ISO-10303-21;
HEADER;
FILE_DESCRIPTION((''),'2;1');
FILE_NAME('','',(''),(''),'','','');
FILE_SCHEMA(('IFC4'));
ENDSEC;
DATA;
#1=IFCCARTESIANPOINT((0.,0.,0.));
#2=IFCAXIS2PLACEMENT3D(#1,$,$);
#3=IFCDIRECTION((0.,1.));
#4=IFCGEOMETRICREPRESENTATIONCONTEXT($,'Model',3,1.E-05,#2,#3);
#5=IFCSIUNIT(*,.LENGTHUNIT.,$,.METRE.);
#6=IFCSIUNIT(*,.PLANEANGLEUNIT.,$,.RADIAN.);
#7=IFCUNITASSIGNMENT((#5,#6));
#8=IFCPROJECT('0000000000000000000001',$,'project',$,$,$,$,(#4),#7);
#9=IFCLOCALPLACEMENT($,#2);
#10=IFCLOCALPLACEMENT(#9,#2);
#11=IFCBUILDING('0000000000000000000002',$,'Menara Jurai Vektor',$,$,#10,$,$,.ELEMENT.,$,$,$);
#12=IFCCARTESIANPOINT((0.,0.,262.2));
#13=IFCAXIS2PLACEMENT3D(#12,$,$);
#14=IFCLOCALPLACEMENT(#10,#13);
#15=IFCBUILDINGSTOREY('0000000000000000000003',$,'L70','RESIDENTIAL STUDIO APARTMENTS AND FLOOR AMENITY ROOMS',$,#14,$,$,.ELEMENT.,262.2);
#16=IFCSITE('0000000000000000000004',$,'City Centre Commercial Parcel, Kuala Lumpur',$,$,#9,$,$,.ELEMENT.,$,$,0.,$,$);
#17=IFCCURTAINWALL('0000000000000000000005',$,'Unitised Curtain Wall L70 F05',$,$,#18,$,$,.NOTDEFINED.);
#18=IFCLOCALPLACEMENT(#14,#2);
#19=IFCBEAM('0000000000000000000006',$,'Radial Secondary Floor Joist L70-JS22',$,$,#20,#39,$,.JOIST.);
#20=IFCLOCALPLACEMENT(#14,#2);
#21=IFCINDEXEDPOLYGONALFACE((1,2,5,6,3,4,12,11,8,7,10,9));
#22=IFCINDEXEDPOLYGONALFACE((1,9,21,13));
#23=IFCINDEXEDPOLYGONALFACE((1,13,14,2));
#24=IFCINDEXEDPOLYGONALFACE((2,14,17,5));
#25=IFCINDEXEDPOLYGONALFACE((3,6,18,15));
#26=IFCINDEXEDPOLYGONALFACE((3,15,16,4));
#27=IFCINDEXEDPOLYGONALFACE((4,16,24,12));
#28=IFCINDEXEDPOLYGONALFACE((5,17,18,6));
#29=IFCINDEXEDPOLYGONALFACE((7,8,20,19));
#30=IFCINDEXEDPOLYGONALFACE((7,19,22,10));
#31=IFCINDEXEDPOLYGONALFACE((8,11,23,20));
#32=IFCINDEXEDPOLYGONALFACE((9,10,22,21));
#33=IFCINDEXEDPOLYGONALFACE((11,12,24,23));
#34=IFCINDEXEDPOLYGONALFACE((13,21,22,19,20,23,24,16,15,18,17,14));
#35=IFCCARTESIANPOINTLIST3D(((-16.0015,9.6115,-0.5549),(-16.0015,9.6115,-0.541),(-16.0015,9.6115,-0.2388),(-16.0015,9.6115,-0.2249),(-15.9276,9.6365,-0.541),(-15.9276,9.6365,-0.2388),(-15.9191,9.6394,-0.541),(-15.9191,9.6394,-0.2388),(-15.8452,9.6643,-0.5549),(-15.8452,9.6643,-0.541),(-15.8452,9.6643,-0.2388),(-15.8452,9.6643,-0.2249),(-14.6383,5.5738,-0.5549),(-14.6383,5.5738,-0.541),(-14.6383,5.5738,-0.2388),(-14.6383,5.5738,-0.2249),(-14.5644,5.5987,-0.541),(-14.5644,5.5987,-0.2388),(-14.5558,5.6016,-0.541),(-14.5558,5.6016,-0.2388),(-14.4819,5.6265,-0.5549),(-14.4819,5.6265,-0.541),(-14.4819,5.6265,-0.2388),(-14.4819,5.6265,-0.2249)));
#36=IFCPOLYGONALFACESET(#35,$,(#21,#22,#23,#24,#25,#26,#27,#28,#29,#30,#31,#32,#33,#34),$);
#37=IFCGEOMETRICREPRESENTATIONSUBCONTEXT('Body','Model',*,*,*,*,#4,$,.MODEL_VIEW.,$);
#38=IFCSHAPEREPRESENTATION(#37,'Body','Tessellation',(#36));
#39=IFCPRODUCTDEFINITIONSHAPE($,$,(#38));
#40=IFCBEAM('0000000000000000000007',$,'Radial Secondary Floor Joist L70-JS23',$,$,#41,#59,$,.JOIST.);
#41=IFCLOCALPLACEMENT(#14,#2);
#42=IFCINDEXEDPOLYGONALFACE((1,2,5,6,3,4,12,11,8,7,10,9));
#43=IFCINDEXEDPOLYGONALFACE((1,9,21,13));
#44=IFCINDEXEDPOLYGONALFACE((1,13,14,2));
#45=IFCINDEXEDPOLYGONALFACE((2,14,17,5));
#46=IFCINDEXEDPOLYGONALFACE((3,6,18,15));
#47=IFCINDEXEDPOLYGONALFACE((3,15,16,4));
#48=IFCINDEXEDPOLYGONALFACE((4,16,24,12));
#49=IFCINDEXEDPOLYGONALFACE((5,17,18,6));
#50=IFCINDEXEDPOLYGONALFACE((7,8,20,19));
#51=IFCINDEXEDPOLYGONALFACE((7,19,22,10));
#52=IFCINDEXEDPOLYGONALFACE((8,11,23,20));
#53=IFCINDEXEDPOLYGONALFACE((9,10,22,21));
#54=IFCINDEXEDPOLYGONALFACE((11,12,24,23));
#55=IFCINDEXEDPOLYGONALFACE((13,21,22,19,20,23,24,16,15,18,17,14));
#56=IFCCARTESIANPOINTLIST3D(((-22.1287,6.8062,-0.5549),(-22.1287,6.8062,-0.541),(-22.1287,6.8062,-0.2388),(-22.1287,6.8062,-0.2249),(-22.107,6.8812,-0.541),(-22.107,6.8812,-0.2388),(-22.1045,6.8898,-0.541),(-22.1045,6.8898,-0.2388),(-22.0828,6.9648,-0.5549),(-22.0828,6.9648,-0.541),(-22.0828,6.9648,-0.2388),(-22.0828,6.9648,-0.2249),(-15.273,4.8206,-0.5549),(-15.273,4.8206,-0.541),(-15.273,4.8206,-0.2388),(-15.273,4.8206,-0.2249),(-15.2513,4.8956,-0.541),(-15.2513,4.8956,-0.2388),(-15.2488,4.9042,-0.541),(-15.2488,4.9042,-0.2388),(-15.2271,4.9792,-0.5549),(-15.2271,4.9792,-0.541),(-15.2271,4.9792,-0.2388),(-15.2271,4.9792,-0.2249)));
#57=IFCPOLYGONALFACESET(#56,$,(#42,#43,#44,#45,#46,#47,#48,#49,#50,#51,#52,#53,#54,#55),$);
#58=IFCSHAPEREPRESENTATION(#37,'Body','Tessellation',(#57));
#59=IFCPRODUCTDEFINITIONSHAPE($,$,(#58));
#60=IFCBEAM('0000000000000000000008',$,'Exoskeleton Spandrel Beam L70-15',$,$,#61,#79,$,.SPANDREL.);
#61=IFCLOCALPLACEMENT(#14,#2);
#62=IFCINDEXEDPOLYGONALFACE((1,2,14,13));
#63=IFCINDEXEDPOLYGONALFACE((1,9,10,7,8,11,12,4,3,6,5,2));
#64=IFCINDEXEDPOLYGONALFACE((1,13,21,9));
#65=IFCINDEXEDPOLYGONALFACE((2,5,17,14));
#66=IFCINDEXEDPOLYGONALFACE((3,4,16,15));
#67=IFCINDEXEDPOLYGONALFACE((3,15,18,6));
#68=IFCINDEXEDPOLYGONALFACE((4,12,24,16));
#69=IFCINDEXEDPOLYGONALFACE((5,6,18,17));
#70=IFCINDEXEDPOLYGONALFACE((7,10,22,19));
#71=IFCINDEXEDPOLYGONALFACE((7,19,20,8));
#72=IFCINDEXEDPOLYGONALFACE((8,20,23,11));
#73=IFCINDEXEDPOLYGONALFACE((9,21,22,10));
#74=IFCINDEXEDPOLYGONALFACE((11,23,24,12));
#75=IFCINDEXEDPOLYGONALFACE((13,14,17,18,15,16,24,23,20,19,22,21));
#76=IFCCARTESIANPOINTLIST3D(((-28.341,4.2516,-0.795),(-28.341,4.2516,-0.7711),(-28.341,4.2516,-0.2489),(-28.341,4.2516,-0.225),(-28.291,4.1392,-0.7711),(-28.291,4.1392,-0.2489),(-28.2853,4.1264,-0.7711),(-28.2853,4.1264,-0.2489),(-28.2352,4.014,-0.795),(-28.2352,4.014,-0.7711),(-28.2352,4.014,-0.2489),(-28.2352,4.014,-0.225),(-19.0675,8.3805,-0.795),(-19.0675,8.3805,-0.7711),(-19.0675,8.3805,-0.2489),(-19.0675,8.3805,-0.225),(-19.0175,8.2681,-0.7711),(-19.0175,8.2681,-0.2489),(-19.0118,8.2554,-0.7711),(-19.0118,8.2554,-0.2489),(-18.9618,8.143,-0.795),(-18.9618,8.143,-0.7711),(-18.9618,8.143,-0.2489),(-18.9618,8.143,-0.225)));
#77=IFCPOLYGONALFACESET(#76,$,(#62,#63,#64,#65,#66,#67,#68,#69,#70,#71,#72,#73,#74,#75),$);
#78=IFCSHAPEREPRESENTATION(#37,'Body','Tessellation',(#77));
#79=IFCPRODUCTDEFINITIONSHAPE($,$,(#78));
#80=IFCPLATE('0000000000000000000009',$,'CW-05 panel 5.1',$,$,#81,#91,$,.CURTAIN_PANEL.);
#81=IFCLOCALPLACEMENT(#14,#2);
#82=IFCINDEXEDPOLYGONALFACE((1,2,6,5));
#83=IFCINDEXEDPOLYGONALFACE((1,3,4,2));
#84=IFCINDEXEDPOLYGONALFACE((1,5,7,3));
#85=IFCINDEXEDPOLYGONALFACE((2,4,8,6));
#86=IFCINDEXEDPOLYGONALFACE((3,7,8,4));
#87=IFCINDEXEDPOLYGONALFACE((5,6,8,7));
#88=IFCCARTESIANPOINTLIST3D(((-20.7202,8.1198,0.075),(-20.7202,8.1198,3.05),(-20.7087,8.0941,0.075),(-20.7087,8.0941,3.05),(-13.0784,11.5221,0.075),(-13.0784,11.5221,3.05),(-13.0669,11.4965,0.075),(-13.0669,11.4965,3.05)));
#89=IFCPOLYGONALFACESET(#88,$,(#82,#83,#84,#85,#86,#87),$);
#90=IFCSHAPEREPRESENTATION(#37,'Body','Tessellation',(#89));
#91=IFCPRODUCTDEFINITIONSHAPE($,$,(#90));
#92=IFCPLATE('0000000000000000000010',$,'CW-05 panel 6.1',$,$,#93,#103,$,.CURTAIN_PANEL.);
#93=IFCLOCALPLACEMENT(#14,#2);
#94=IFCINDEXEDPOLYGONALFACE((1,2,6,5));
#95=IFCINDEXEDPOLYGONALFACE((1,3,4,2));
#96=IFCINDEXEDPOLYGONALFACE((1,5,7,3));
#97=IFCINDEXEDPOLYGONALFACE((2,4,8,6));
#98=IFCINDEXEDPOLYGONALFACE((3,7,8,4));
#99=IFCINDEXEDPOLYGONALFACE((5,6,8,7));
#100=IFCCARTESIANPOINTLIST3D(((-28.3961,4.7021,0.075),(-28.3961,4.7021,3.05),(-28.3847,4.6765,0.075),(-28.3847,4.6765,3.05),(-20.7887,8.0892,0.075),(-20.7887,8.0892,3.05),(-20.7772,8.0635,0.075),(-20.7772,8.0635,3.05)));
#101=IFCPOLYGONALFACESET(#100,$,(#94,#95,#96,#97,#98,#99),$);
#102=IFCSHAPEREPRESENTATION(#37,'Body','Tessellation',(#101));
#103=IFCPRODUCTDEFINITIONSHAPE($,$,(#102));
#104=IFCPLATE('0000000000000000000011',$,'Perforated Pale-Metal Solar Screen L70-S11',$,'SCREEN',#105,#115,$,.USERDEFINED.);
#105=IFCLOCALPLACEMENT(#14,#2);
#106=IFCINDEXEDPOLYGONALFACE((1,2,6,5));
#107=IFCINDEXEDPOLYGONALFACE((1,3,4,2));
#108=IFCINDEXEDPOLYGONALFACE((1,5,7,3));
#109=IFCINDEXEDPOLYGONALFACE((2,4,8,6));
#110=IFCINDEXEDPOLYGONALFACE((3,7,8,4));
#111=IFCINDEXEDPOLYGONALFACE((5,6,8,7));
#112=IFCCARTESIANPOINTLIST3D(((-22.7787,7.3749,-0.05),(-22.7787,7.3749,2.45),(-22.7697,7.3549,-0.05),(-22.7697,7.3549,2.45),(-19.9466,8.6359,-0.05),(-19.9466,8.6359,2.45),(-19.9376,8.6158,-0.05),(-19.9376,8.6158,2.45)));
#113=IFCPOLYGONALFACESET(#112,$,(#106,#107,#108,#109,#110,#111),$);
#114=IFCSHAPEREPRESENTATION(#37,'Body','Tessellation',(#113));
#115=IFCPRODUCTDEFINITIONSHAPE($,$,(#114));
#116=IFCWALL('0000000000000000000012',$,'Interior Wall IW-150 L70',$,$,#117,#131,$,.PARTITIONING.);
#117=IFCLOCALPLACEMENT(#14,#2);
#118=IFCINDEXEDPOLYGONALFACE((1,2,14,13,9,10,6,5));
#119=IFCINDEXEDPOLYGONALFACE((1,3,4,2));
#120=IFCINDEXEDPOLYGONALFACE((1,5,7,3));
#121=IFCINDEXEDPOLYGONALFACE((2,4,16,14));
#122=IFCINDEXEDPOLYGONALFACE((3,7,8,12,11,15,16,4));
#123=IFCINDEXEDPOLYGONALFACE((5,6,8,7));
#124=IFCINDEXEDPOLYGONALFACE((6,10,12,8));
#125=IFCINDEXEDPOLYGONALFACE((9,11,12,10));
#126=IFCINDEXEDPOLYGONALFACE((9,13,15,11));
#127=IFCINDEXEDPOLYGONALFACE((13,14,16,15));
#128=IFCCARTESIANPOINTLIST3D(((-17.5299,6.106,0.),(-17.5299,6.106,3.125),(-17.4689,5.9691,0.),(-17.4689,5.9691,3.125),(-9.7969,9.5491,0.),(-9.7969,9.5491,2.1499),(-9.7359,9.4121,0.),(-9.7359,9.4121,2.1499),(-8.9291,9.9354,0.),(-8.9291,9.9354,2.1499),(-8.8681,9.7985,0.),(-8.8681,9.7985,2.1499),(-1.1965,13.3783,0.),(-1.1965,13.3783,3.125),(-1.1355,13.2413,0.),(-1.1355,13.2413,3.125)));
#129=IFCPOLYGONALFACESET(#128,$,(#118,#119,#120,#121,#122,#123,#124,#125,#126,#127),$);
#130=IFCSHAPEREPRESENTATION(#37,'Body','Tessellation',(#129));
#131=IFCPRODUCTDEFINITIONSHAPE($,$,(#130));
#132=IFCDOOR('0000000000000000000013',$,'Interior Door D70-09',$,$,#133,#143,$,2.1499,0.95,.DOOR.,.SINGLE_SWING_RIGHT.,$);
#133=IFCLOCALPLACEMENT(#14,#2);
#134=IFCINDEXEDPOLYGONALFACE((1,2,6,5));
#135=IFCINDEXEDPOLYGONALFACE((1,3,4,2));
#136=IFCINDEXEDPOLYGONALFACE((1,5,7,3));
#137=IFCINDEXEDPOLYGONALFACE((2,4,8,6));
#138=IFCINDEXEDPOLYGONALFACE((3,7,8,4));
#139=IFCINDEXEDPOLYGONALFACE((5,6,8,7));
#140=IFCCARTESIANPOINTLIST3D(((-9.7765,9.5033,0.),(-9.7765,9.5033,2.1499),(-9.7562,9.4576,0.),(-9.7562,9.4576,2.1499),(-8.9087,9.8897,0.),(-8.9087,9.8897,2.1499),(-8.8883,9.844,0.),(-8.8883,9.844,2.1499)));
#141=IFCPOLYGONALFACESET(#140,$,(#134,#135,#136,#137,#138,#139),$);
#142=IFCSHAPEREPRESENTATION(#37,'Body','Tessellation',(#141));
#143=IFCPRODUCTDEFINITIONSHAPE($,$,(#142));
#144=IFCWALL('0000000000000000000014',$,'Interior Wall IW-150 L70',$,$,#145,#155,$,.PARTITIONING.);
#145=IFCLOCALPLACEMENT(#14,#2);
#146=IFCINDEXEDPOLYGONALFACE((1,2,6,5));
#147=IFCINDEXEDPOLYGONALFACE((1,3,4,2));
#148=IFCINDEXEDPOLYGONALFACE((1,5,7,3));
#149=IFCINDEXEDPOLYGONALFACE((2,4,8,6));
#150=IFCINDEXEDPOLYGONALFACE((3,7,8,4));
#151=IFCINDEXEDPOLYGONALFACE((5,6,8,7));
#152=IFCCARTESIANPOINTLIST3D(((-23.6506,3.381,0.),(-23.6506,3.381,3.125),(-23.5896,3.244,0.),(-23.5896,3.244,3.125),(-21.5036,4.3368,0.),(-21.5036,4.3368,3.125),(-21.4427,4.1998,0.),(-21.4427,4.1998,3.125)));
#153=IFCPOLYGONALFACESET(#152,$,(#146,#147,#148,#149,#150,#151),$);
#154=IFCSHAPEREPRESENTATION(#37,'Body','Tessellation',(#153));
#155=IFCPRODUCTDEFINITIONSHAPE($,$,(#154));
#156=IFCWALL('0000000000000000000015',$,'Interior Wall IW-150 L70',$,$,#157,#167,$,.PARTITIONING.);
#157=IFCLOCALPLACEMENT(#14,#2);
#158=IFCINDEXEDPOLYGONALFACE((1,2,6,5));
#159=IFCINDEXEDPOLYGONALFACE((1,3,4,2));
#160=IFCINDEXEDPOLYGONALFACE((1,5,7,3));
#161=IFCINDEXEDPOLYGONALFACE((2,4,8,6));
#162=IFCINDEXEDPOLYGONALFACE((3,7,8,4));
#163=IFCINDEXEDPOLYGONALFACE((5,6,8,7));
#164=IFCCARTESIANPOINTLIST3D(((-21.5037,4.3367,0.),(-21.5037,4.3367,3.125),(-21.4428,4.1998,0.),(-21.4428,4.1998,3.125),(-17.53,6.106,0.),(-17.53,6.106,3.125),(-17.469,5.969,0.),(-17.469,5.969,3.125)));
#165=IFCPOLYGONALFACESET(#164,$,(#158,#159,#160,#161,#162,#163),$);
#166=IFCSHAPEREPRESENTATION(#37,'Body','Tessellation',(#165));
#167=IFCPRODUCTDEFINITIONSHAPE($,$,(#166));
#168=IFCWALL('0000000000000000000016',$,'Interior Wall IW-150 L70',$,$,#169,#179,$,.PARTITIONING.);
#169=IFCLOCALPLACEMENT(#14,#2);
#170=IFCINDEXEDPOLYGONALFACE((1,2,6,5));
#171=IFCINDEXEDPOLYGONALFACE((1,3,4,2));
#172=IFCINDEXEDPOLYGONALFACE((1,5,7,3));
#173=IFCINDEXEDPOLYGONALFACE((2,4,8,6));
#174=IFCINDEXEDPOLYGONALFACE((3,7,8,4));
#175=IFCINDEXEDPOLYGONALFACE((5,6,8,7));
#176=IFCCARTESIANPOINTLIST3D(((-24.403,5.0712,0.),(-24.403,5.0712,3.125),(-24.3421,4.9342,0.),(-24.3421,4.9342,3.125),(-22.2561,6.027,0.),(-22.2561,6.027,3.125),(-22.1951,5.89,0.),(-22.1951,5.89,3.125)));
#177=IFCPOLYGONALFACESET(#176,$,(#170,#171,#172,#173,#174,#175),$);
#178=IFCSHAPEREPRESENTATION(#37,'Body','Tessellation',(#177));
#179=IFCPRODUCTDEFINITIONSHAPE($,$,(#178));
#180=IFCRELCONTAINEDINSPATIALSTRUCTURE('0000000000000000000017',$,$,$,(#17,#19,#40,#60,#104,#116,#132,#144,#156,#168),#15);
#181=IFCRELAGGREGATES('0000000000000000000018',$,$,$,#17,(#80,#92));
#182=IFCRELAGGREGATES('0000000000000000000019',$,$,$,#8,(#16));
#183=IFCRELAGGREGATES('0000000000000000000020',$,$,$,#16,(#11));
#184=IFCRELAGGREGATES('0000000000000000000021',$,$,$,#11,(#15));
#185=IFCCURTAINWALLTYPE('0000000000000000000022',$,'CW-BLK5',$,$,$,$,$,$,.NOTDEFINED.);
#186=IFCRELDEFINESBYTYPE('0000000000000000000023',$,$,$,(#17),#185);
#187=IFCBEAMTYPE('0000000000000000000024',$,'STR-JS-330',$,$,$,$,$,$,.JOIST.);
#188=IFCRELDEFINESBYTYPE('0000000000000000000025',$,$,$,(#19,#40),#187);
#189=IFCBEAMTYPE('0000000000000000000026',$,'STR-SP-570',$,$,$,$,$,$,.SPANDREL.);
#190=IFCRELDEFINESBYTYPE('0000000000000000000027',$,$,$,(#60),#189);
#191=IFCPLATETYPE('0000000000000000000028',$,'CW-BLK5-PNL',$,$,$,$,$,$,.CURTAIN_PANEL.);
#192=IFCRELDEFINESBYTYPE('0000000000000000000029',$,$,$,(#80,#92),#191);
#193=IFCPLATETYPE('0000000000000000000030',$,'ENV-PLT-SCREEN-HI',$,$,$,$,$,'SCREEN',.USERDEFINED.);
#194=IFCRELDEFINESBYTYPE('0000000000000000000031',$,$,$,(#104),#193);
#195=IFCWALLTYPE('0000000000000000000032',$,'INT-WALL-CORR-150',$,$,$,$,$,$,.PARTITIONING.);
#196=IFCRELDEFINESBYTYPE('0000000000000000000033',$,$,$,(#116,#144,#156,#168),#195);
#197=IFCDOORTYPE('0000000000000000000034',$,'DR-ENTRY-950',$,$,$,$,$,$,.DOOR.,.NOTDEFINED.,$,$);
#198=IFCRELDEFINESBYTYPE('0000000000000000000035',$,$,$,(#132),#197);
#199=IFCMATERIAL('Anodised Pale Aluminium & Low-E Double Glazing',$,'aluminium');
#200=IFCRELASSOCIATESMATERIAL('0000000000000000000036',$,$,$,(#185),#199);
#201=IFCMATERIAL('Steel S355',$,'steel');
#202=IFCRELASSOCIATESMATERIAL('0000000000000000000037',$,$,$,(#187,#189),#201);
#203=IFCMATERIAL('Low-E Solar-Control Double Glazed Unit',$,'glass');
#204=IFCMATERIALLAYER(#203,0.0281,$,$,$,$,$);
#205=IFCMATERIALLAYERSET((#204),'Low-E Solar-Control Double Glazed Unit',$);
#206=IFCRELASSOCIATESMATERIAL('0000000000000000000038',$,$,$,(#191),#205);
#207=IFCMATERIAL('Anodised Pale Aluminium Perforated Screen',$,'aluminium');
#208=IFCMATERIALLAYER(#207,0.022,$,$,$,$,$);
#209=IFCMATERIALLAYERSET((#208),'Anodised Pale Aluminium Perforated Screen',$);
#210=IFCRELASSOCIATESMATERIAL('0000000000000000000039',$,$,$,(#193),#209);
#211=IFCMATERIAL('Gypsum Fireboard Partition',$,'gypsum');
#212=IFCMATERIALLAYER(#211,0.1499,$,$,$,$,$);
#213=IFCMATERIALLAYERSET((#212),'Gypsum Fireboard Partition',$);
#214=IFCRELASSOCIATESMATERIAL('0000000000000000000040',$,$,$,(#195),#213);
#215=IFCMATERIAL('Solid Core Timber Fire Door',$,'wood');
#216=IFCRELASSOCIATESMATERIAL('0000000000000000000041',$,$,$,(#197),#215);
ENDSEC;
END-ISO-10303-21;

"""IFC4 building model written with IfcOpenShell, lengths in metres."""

from ifc_helpers import new_model, si_unit, direction, frame, frame_2d, origin, origin_2d, place, context, subcontext, project, spatial, rectangle, i_section, extrude, material, layer, layer_set, material_profile, profile_set, type_object, element, fill, aggregate, save


model = new_model("IFC4")

# Units and contexts
model_context = context("Model", 3, precision=1e-05, world=origin(), true_north=direction((0.0, 1.0)))
body_context = subcontext(model_context, "Body", "Model", "MODEL_VIEW")
ifc_project = project(units=[si_unit("LENGTHUNIT", "METRE"), si_unit("PLANEANGLEUNIT", "RADIAN")], contexts=[model_context])

# Site, building, storey
site_placement = place(None, origin())
site = spatial("IfcSite", under=ifc_project, at=site_placement, Name="City Centre Commercial Parcel, Kuala Lumpur", CompositionType="ELEMENT", RefElevation=0.0)
building_placement = place(site_placement, origin())
building = spatial("IfcBuilding", under=site, at=building_placement, Name="Menara Jurai Vektor", CompositionType="ELEMENT")
storey_placement = place(building_placement, frame((0.0, 0.0, 262.2)))
storey = spatial("IfcBuildingStorey", under=building, at=storey_placement, Name="L70", Description="RESIDENTIAL STUDIO APARTMENTS AND FLOOR AMENITY ROOMS", CompositionType="ELEMENT", Elevation=262.2)

# Curtain wall
ifc_material_1 = material(Name="Anodised Pale Aluminium & Low-E Double Glazing", Category="aluminium")
curtain_wall_type = type_object("IfcCurtainWallType", Name="CW-BLK5", PredefinedType="NOTDEFINED", material=ifc_material_1)
curtain_wall_placement = place(storey_placement, origin())
curtain_wall = element("IfcCurtainWall", 1, at=curtain_wall_placement, inside=storey, type_object=curtain_wall_type, Name="Unitised Curtain Wall L70 F05", PredefinedType="NOTDEFINED")

# Beams
ifc_material_2 = material(Name="Steel S355", Category="steel")
ifc_material_profile_1 = material_profile(ifc_material_2, i_section(OverallWidth=0.165, OverallDepth=0.3301, WebThickness=0.009, FlangeThickness=0.0139, at=origin_2d()), Name="PG 330x165x46")
ifc_profile_set_1 = profile_set([ifc_material_profile_1], Name="Steel S355")
beam_type_1 = type_object("IfcBeamType", Name="STR-JS-330", PredefinedType="JOIST", material=ifc_profile_set_1)
beam_1_placement = place(storey_placement, frame((-15.9233, 9.6379, -0.3899), z_axis=(0.319886, -0.947456, 0.0), x_axis=(0.947456, 0.319886, 0.0)))
element("IfcBeam", 2, at=beam_1_placement, inside=storey, type_object=beam_type_1, Name="Radial Secondary Floor Joist L70-JS22", PredefinedType="JOIST", context=body_context, shape_type="SweptSolid", body=[
    extrude(i_section(OverallWidth=0.165, OverallDepth=0.3301, WebThickness=0.009, FlangeThickness=0.0139, at=origin_2d()), origin(), (0.0, 0.0, 1.0), 4.2617),
])
beam_2_placement = place(storey_placement, frame((-22.1057, 6.8855, -0.3899), z_axis=(0.960525, -0.278193, 0.0), x_axis=(0.278193, 0.960525, 0.0)))
element("IfcBeam", 3, at=beam_2_placement, inside=storey, type_object=beam_type_1, Name="Radial Secondary Floor Joist L70-JS23", PredefinedType="JOIST", context=body_context, shape_type="SweptSolid", body=[
    extrude(i_section(OverallWidth=0.165, OverallDepth=0.3301, WebThickness=0.009, FlangeThickness=0.0139, at=origin_2d()), origin(), (0.0, 0.0, 1.0), 7.1375),
])
ifc_material_profile_2 = material_profile(ifc_material_2, i_section(OverallWidth=0.26, OverallDepth=0.5701, WebThickness=0.0139, FlangeThickness=0.0239, at=origin_2d()), Name="PG 570x260x145")
ifc_profile_set_2 = profile_set([ifc_material_profile_2], Name="Steel S355")
beam_type_2 = type_object("IfcBeamType", Name="STR-SP-570", PredefinedType="SPANDREL", material=ifc_profile_set_2)
beam_3_placement = place(storey_placement, frame((-19.0146, 8.2617, -0.51), z_axis=(-0.913542, -0.406745, 0.0), x_axis=(0.406745, -0.913542, 0.0)))
element("IfcBeam", 4, at=beam_3_placement, inside=storey, type_object=beam_type_2, Name="Exoskeleton Spandrel Beam L70-15", PredefinedType="SPANDREL", context=body_context, shape_type="SweptSolid", body=[
    extrude(i_section(OverallWidth=0.26, OverallDepth=0.5701, WebThickness=0.0139, FlangeThickness=0.0239, at=origin_2d()), origin(), (0.0, 0.0, 1.0), 10.1511),
])

# Plates
ifc_material_3 = material(Name="Low-E Solar-Control Double Glazed Unit", Category="glass")
ifc_layer_1 = layer(ifc_material_3, 0.0281)
ifc_layer_set_1 = layer_set([ifc_layer_1], Name="Low-E Solar-Control Double Glazed Unit")
plate_type_1 = type_object("IfcPlateType", Name="CW-BLK5-PNL", PredefinedType="CURTAIN_PANEL", material=ifc_layer_set_1)
plate_1_placement = place(storey_placement, frame((-16.8936, 9.8081, 0.075), z_axis=(0.0, 0.0, 1.0), x_axis=(-0.913546, -0.406735, 0.0)))
plate_1 = element("IfcPlate", 5, at=plate_1_placement, type_object=plate_type_1, Name="CW-05 panel 5.1", PredefinedType="CURTAIN_PANEL", context=body_context, shape_type="SweptSolid", body=[
    extrude(rectangle(XDim=8.365, YDim=0.0281, at=origin_2d()), origin(), (0.0, 0.0, 1.0), 2.9751),
])
plate_2_placement = place(storey_placement, frame((-24.5867, 6.3828, 0.075), z_axis=(0.0, 0.0, 1.0), x_axis=(-0.913546, -0.406735, 0.0)))
plate_2 = element("IfcPlate", 6, at=plate_2_placement, type_object=plate_type_1, Name="CW-05 panel 6.1", PredefinedType="CURTAIN_PANEL", context=body_context, shape_type="SweptSolid", body=[
    extrude(rectangle(XDim=8.3274, YDim=0.0281, at=origin_2d()), origin(), (0.0, 0.0, 1.0), 2.9751),
])
aggregate(curtain_wall, [plate_1, plate_2])
ifc_material_4 = material(Name="Anodised Pale Aluminium Perforated Screen", Category="aluminium")
ifc_layer_2 = layer(ifc_material_4, 0.022)
ifc_layer_set_2 = layer_set([ifc_layer_2], Name="Anodised Pale Aluminium Perforated Screen")
plate_type_2 = type_object("IfcPlateType", Name="ENV-PLT-SCREEN-HI", ElementType="SCREEN", PredefinedType="USERDEFINED", material=ifc_layer_set_2)
plate_3_placement = place(storey_placement, frame((-21.3582, 7.9954, -0.05), z_axis=(0.0, 0.0, 1.0), x_axis=(-0.913545, -0.406737, 0.0)))
element("IfcPlate", 7, at=plate_3_placement, inside=storey, type_object=plate_type_2, Name="Perforated Pale-Metal Solar Screen L70-S11", ObjectType="SCREEN", PredefinedType="USERDEFINED", context=body_context, shape_type="SweptSolid", body=[
    extrude(rectangle(XDim=3.1001, YDim=0.022, at=origin_2d()), origin(), (0.0, 0.0, 1.0), 2.5),
])

# Wall, opening, door
ifc_material_5 = material(Name="Gypsum Fireboard Partition", Category="gypsum")
ifc_layer_3 = layer(ifc_material_5, 0.1499)
ifc_layer_set_3 = layer_set([ifc_layer_3], Name="Gypsum Fireboard Partition")
wall_type_1 = type_object("IfcWallType", Name="INT-WALL-CORR-150", PredefinedType="PARTITIONING", material=ifc_layer_set_3)
wall_1_placement = place(storey_placement, frame((-17.4993, 6.0376, 0.0), z_axis=(0.0, 0.0, 1.0), x_axis=(0.913542, 0.406745, 0.0)))
wall_1 = element("IfcWall", 8, at=wall_1_placement, inside=storey, type_object=wall_type_1, Name="Interior Wall IW-150 L70", PredefinedType="PARTITIONING", context=body_context, shape_type="SweptSolid", body=[
    extrude(rectangle(XDim=17.8792, YDim=0.1499, at=frame_2d((8.9395, 0.0))), origin(), (0.0, 0.0, 1.0), 3.125),
])
opening_1_placement = place(wall_1_placement, frame((8.4646, 0.0, 0.0)))
opening_1 = element("IfcOpeningElement", 9, at=opening_1_placement, cuts=wall_1, PredefinedType="OPENING", context=body_context, shape_type="SweptSolid", body=[
    extrude(rectangle(XDim=0.95, YDim=2.1499, at=frame_2d((0.4751, 1.075))), frame((0.0, 0.085, 0.0), z_axis=(0.0, -1.0, 0.0), x_axis=(1.0, 0.0, 0.0)), (0.0, 0.0, 1.0), 0.1699),
])
ifc_material_6 = material(Name="Solid Core Timber Fire Door", Category="wood")
door_type_1 = type_object("IfcDoorType", Name="DR-ENTRY-950", OperationType="NOTDEFINED", PredefinedType="DOOR", material=ifc_material_6)
door_1_placement = place(opening_1_placement, origin())
door_1 = element("IfcDoor", 10, at=door_1_placement, inside=storey, type_object=door_type_1, Name="Interior Door D70-09", OperationType="SINGLE_SWING_RIGHT", OverallHeight=2.1499, OverallWidth=0.95, PredefinedType="DOOR", context=body_context, shape_type="SweptSolid", body=[
    extrude(rectangle(XDim=0.95, YDim=2.1499, at=frame_2d((0.4751, 1.075))), frame((0.0, 0.0249, 0.0), z_axis=(0.0, -1.0, 0.0), x_axis=(1.0, 0.0, 0.0)), (0.0, 0.0, 1.0), 0.05),
])
fill(opening_1, door_1)

# Walls
wall_2_placement = place(storey_placement, frame((-23.6201, 3.3125, 0.0), z_axis=(0.0, 0.0, 1.0), x_axis=(0.913559, 0.406707, 0.0)))
element("IfcWall", 11, at=wall_2_placement, inside=storey, type_object=wall_type_1, Name="Interior Wall IW-150 L70", PredefinedType="PARTITIONING", context=body_context, shape_type="SweptSolid", body=[
    extrude(rectangle(XDim=2.3501, YDim=0.1499, at=frame_2d((1.175, 0.0))), origin(), (0.0, 0.0, 1.0), 3.125),
])
wall_3_placement = place(storey_placement, frame((-21.4731, 4.2683, 0.0), z_axis=(0.0, 0.0, 1.0), x_axis=(0.913545, 0.406737, 0.0)))
element("IfcWall", 12, at=wall_3_placement, inside=storey, type_object=wall_type_1, Name="Interior Wall IW-150 L70", PredefinedType="PARTITIONING", context=body_context, shape_type="SweptSolid", body=[
    extrude(rectangle(XDim=4.3499, YDim=0.1499, at=frame_2d((2.1748, 0.0))), origin(), (0.0, 0.0, 1.0), 3.125),
])

# Wall
wall_4_placement = place(storey_placement, frame((-24.3726, 5.0027, 0.0), z_axis=(0.0, 0.0, 1.0), x_axis=(0.913559, 0.406707, 0.0)))
element("IfcWall", 13, at=wall_4_placement, inside=storey, type_object=wall_type_1, Name="Interior Wall IW-150 L70", PredefinedType="PARTITIONING", context=body_context, shape_type="SweptSolid", body=[
    extrude(rectangle(XDim=2.3501, YDim=0.1499, at=frame_2d((1.175, 0.0))), origin(), (0.0, 0.0, 1.0), 3.125),
])

save(model, "model.ifc")
